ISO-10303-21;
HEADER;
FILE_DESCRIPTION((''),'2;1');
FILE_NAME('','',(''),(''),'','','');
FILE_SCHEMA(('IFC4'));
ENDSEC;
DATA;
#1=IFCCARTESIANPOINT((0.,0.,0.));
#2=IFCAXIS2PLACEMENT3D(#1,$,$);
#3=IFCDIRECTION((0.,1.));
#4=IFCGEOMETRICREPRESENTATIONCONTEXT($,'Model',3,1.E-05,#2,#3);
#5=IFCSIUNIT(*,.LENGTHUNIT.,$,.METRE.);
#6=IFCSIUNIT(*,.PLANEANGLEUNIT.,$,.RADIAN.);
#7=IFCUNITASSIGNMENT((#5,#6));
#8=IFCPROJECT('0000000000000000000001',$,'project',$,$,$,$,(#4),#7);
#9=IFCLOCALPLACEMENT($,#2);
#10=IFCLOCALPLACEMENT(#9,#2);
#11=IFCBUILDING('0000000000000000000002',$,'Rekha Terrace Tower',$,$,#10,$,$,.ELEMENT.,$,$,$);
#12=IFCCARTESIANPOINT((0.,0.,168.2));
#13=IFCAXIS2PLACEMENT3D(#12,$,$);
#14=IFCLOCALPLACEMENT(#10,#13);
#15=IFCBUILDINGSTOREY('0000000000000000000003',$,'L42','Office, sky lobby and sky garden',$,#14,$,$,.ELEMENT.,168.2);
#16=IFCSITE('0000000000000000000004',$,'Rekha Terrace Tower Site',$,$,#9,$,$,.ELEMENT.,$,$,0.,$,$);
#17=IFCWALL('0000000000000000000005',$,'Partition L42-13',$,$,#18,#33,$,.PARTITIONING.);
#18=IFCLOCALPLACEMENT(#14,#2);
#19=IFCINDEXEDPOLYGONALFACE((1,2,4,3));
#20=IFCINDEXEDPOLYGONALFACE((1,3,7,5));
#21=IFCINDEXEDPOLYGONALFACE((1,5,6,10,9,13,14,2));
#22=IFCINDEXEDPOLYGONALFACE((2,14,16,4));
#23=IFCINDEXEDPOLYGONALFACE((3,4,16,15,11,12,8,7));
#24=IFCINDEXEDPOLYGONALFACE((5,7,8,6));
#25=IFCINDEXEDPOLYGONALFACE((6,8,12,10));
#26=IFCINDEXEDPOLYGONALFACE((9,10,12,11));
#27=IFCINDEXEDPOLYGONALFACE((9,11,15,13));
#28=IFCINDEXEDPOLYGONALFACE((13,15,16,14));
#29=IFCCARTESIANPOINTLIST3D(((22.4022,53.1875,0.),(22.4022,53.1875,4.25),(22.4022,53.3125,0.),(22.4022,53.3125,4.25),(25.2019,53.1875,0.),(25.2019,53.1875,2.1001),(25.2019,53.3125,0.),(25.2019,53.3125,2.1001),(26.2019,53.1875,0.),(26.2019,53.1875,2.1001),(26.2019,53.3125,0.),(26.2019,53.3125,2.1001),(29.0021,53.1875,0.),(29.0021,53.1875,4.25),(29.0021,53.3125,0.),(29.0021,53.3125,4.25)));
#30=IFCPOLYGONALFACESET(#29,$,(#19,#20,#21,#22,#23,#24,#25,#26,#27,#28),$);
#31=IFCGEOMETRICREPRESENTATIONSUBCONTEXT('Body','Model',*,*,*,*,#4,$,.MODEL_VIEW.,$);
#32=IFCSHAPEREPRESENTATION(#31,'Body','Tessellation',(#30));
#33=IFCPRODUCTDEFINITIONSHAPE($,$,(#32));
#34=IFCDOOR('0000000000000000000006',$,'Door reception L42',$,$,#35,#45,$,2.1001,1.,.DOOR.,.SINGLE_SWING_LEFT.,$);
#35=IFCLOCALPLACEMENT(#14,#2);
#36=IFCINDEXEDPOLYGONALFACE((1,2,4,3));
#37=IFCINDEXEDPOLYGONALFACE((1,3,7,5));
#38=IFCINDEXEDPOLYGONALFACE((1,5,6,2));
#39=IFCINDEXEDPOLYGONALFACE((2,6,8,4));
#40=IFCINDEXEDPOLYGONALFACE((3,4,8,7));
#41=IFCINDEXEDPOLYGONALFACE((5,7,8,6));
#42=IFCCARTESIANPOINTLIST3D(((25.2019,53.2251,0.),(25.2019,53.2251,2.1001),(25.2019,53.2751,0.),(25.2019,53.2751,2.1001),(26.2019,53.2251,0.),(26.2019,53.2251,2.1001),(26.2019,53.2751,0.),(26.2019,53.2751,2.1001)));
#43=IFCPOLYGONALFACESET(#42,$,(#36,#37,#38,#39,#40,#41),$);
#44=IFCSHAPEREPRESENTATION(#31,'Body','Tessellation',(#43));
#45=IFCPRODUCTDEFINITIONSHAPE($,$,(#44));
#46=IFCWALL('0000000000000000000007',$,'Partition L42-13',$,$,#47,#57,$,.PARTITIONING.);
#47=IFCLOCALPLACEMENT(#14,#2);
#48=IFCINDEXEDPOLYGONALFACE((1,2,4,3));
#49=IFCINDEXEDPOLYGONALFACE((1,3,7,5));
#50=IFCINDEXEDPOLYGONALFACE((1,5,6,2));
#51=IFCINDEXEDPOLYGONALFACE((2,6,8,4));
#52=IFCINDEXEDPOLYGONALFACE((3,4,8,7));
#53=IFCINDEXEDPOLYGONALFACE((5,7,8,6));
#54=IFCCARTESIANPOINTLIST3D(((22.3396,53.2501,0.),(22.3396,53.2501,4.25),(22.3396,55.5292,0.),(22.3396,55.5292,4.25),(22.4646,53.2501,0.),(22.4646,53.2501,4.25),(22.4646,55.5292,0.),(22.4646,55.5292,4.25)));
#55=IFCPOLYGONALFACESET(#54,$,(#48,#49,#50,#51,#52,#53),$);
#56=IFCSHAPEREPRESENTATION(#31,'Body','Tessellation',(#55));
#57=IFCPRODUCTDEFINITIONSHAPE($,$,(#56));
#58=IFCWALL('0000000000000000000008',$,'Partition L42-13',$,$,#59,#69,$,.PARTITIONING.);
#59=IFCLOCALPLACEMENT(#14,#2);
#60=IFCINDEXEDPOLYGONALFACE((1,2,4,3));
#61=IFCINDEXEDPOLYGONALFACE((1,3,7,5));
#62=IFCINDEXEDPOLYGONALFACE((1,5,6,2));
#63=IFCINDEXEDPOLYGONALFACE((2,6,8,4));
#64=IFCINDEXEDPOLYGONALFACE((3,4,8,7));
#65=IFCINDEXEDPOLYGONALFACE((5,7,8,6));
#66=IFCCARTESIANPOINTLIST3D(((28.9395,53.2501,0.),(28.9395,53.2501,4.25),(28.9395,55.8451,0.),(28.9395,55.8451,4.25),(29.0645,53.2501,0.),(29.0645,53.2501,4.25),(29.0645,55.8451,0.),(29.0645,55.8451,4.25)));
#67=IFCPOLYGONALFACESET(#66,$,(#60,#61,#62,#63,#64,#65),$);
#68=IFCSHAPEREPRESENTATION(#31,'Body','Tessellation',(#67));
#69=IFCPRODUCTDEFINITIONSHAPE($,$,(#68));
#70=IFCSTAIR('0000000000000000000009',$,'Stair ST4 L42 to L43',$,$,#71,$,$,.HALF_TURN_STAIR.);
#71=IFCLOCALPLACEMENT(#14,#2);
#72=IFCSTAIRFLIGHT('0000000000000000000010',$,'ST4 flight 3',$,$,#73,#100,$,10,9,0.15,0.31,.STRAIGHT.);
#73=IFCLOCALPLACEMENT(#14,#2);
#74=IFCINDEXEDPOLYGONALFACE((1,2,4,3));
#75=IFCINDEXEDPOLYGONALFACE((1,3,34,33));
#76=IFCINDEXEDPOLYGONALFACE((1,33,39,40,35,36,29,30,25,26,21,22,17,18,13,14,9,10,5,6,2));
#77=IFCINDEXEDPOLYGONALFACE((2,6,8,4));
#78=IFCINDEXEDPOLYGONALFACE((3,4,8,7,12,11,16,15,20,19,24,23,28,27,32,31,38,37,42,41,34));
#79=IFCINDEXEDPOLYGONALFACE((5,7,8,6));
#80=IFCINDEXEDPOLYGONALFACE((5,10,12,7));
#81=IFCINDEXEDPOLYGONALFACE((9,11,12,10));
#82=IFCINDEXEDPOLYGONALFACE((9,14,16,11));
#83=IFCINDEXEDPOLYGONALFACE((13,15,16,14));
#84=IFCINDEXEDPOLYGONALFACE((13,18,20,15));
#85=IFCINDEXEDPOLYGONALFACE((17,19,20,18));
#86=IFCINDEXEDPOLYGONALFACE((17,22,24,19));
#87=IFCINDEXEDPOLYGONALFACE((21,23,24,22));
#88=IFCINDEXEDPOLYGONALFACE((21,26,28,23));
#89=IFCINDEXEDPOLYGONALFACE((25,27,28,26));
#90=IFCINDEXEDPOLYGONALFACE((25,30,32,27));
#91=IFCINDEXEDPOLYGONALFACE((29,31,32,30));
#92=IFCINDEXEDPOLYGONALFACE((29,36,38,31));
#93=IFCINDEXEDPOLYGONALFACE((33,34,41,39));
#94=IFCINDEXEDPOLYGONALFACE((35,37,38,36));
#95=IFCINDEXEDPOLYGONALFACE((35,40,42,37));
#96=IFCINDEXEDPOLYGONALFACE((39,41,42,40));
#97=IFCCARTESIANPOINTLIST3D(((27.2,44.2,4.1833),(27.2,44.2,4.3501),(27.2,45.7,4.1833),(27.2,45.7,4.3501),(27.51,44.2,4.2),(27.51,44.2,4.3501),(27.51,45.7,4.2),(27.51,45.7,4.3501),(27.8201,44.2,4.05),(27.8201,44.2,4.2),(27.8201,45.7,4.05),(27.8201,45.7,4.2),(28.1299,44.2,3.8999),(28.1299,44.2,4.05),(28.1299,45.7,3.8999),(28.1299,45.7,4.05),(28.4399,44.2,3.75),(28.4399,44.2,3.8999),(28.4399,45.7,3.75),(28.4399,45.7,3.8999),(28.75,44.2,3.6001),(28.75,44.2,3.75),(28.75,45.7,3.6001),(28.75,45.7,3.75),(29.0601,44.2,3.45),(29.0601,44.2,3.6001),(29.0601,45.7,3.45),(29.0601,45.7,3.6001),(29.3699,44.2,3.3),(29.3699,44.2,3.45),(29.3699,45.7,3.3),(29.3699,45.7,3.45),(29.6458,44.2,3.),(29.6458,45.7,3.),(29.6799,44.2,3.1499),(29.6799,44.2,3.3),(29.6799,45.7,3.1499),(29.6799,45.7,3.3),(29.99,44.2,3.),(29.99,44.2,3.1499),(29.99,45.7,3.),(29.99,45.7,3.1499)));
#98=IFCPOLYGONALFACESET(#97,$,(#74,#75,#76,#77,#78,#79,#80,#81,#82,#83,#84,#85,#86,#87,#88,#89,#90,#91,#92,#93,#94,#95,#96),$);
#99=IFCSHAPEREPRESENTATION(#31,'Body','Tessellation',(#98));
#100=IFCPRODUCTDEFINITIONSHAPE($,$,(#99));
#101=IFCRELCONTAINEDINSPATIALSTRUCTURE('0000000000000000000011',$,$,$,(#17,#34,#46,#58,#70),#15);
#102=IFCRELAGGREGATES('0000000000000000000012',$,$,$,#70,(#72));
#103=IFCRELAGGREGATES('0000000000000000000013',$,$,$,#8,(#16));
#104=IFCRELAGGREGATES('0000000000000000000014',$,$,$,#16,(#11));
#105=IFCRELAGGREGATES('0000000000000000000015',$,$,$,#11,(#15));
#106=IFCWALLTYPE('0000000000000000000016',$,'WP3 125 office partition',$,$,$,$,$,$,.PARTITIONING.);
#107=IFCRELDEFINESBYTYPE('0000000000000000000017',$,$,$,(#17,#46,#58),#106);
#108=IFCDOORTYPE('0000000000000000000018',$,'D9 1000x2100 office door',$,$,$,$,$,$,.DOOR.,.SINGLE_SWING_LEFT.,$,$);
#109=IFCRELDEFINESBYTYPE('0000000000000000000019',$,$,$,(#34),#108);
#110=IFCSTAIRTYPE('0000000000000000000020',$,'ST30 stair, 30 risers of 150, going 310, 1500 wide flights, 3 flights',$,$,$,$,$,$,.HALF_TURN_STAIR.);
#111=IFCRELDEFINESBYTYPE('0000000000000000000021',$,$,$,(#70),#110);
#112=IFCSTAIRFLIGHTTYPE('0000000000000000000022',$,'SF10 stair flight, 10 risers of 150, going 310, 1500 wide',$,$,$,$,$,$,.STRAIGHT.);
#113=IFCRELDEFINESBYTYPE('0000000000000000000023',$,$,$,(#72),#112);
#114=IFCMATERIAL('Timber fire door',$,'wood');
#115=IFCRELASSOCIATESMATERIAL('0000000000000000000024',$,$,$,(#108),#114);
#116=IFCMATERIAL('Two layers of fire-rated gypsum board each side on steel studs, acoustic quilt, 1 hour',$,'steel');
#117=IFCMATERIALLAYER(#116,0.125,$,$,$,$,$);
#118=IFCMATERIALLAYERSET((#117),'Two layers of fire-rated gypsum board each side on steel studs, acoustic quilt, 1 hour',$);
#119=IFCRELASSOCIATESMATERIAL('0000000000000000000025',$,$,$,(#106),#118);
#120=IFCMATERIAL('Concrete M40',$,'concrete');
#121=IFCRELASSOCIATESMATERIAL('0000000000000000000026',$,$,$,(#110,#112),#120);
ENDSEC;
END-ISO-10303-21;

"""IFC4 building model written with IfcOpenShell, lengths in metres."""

from ifc_helpers import new_model, si_unit, direction, frame, frame_2d, origin, place, context, subcontext, project, spatial, polyline, rectangle, outline, extrude, material, layer, layer_set, type_object, element, fill, aggregate, save


model = new_model("IFC4")

# Units and contexts
model_context = context("Model", 3, precision=1e-05, world=origin(), true_north=direction((0.0, 1.0)))
body_context = subcontext(model_context, "Body", "Model", "MODEL_VIEW")
ifc_project = project(units=[si_unit("LENGTHUNIT", "METRE"), si_unit("PLANEANGLEUNIT", "RADIAN")], contexts=[model_context])

# Site, building, storey
site_placement = place(None, origin())
site = spatial("IfcSite", under=ifc_project, at=site_placement, Name="Rekha Terrace Tower Site", CompositionType="ELEMENT", RefElevation=0.0)
building_placement = place(site_placement, origin())
building = spatial("IfcBuilding", under=site, at=building_placement, Name="Rekha Terrace Tower", CompositionType="ELEMENT")
storey_placement = place(building_placement, frame((0.0, 0.0, 168.2)))
storey = spatial("IfcBuildingStorey", under=building, at=storey_placement, Name="L42", Description="Office, sky lobby and sky garden", CompositionType="ELEMENT", Elevation=168.2)

# Wall, opening, door
ifc_material_1 = material(Name="Timber fire door", Category="wood")
door_type_1 = type_object("IfcDoorType", Name="D9 1000x2100 office door", OperationType="SINGLE_SWING_LEFT", PredefinedType="DOOR", material=ifc_material_1)
ifc_material_2 = material(Name="Two layers of fire-rated gypsum board each side on steel studs, acoustic quilt, 1 hour", Category="steel")
ifc_layer_1 = layer(ifc_material_2, 0.125)
ifc_layer_set_1 = layer_set([ifc_layer_1], Name="Two layers of fire-rated gypsum board each side on steel studs, acoustic quilt, 1 hour")
wall_type_1 = type_object("IfcWallType", Name="WP3 125 office partition", PredefinedType="PARTITIONING", material=ifc_layer_set_1)
wall_1_placement = place(storey_placement, frame((29.002, 53.25, 0.0), z_axis=(0.0, 0.0, 1.0), x_axis=(-1.0, 0.0, 0.0)))
wall_1 = element("IfcWall", 1, at=wall_1_placement, inside=storey, type_object=wall_type_1, Name="Partition L42-13", PredefinedType="PARTITIONING", context=body_context, shape_type="SweptSolid", body=[
    extrude(rectangle(XDim=6.5999, YDim=0.125, at=frame_2d((3.2998, 0.0))), origin(), (0.0, 0.0, 1.0), 4.25),
])
opening_1_placement = place(wall_1_placement, frame((2.8, 0.0, 0.0)))
opening_1 = element("IfcOpeningElement", 2, at=opening_1_placement, cuts=wall_1, PredefinedType="OPENING", context=body_context, shape_type="SweptSolid", body=[
    extrude(rectangle(XDim=1.0, YDim=2.1001, at=frame_2d((0.5, 1.05))), frame((0.0, 0.0725, 0.0), z_axis=(0.0, -1.0, 0.0), x_axis=(1.0, 0.0, 0.0)), (0.0, 0.0, 1.0), 0.145),
])
door_1_placement = place(opening_1_placement, origin())
door_1 = element("IfcDoor", 3, at=door_1_placement, inside=storey, type_object=door_type_1, Name="Door reception L42", OperationType="SINGLE_SWING_LEFT", OverallHeight=2.1001, OverallWidth=1.0, PredefinedType="DOOR", context=body_context, shape_type="SweptSolid", body=[
    extrude(rectangle(XDim=1.0, YDim=2.1001, at=frame_2d((0.5, 1.05))), frame((0.0, 0.0249, 0.0), z_axis=(0.0, -1.0, 0.0), x_axis=(1.0, 0.0, 0.0)), (0.0, 0.0, 1.0), 0.05),
])
fill(opening_1, door_1)

# Walls
wall_2_placement = place(storey_placement, frame((22.4021, 53.25, 0.0), z_axis=(0.0, 0.0, 1.0), x_axis=(0.0, 1.0, 0.0)))
element("IfcWall", 4, at=wall_2_placement, inside=storey, type_object=wall_type_1, Name="Partition L42-13", PredefinedType="PARTITIONING", context=body_context, shape_type="SweptSolid", body=[
    extrude(rectangle(XDim=2.2791, YDim=0.125, at=frame_2d((1.1396, 0.0))), origin(), (0.0, 0.0, 1.0), 4.25),
])
wall_3_placement = place(storey_placement, frame((29.002, 55.845, 0.0), z_axis=(0.0, 0.0, 1.0), x_axis=(0.0, -1.0, 0.0)))
element("IfcWall", 5, at=wall_3_placement, inside=storey, type_object=wall_type_1, Name="Partition L42-13", PredefinedType="PARTITIONING", context=body_context, shape_type="SweptSolid", body=[
    extrude(rectangle(XDim=2.595, YDim=0.125, at=frame_2d((1.2974, 0.0))), origin(), (0.0, 0.0, 1.0), 4.25),
])

# Stair, stair flight
ifc_material_3 = material(Name="Concrete M40", Category="concrete")
stair_type = type_object("IfcStairType", Name="ST30 stair, 30 risers of 150, going 310, 1500 wide flights, 3 flights", PredefinedType="HALF_TURN_STAIR", material=ifc_material_3)
stair_placement = place(storey_placement, origin())
stair = element("IfcStair", 6, at=stair_placement, inside=storey, type_object=stair_type, Name="Stair ST4 L42 to L43", PredefinedType="HALF_TURN_STAIR")
stair_flight_type = type_object("IfcStairFlightType", Name="SF10 stair flight, 10 risers of 150, going 310, 1500 wide", PredefinedType="STRAIGHT", material=ifc_material_3)
stair_flight_placement = place(storey_placement, frame((29.99, 44.95, 3.0), z_axis=(0.0, 0.0, 1.0), x_axis=(-1.0, 0.0, 0.0)))
stair_flight = element("IfcStairFlight", 7, at=stair_flight_placement, type_object=stair_flight_type, Name="ST4 flight 3", NumberOfRisers=10, NumberOfTreads=9, PredefinedType="STRAIGHT", RiserHeight=0.15, TreadLength=0.31, context=body_context, shape_type="SweptSolid", body=[
    extrude(outline(polyline([(0.0, 0.0), (0.0, 0.1499), (0.3101, 0.1499), (0.3101, 0.3), (0.6201, 0.3), (0.6201, 0.45), (0.9299, 0.45), (0.9299, 0.6001), (1.24, 0.6001), (1.24, 0.75), (1.55, 0.75), (1.55, 0.8999), (1.8601, 0.8999), (1.8601, 1.05), (2.1699, 1.05), (2.1699, 1.2), (2.48, 1.2), (2.48, 1.3501), (2.79, 1.3501), (2.79, 1.5), (2.79, 1.1833), (0.3442, 0.0), (0.0, 0.0)])), frame((0.0, 0.75, 0.0), z_axis=(0.0, -1.0, 0.0), x_axis=(1.0, 0.0, 0.0)), (0.0, 0.0, 1.0), 1.5),
])
aggregate(stair, [stair_flight])

save(model, "model.ifc")
